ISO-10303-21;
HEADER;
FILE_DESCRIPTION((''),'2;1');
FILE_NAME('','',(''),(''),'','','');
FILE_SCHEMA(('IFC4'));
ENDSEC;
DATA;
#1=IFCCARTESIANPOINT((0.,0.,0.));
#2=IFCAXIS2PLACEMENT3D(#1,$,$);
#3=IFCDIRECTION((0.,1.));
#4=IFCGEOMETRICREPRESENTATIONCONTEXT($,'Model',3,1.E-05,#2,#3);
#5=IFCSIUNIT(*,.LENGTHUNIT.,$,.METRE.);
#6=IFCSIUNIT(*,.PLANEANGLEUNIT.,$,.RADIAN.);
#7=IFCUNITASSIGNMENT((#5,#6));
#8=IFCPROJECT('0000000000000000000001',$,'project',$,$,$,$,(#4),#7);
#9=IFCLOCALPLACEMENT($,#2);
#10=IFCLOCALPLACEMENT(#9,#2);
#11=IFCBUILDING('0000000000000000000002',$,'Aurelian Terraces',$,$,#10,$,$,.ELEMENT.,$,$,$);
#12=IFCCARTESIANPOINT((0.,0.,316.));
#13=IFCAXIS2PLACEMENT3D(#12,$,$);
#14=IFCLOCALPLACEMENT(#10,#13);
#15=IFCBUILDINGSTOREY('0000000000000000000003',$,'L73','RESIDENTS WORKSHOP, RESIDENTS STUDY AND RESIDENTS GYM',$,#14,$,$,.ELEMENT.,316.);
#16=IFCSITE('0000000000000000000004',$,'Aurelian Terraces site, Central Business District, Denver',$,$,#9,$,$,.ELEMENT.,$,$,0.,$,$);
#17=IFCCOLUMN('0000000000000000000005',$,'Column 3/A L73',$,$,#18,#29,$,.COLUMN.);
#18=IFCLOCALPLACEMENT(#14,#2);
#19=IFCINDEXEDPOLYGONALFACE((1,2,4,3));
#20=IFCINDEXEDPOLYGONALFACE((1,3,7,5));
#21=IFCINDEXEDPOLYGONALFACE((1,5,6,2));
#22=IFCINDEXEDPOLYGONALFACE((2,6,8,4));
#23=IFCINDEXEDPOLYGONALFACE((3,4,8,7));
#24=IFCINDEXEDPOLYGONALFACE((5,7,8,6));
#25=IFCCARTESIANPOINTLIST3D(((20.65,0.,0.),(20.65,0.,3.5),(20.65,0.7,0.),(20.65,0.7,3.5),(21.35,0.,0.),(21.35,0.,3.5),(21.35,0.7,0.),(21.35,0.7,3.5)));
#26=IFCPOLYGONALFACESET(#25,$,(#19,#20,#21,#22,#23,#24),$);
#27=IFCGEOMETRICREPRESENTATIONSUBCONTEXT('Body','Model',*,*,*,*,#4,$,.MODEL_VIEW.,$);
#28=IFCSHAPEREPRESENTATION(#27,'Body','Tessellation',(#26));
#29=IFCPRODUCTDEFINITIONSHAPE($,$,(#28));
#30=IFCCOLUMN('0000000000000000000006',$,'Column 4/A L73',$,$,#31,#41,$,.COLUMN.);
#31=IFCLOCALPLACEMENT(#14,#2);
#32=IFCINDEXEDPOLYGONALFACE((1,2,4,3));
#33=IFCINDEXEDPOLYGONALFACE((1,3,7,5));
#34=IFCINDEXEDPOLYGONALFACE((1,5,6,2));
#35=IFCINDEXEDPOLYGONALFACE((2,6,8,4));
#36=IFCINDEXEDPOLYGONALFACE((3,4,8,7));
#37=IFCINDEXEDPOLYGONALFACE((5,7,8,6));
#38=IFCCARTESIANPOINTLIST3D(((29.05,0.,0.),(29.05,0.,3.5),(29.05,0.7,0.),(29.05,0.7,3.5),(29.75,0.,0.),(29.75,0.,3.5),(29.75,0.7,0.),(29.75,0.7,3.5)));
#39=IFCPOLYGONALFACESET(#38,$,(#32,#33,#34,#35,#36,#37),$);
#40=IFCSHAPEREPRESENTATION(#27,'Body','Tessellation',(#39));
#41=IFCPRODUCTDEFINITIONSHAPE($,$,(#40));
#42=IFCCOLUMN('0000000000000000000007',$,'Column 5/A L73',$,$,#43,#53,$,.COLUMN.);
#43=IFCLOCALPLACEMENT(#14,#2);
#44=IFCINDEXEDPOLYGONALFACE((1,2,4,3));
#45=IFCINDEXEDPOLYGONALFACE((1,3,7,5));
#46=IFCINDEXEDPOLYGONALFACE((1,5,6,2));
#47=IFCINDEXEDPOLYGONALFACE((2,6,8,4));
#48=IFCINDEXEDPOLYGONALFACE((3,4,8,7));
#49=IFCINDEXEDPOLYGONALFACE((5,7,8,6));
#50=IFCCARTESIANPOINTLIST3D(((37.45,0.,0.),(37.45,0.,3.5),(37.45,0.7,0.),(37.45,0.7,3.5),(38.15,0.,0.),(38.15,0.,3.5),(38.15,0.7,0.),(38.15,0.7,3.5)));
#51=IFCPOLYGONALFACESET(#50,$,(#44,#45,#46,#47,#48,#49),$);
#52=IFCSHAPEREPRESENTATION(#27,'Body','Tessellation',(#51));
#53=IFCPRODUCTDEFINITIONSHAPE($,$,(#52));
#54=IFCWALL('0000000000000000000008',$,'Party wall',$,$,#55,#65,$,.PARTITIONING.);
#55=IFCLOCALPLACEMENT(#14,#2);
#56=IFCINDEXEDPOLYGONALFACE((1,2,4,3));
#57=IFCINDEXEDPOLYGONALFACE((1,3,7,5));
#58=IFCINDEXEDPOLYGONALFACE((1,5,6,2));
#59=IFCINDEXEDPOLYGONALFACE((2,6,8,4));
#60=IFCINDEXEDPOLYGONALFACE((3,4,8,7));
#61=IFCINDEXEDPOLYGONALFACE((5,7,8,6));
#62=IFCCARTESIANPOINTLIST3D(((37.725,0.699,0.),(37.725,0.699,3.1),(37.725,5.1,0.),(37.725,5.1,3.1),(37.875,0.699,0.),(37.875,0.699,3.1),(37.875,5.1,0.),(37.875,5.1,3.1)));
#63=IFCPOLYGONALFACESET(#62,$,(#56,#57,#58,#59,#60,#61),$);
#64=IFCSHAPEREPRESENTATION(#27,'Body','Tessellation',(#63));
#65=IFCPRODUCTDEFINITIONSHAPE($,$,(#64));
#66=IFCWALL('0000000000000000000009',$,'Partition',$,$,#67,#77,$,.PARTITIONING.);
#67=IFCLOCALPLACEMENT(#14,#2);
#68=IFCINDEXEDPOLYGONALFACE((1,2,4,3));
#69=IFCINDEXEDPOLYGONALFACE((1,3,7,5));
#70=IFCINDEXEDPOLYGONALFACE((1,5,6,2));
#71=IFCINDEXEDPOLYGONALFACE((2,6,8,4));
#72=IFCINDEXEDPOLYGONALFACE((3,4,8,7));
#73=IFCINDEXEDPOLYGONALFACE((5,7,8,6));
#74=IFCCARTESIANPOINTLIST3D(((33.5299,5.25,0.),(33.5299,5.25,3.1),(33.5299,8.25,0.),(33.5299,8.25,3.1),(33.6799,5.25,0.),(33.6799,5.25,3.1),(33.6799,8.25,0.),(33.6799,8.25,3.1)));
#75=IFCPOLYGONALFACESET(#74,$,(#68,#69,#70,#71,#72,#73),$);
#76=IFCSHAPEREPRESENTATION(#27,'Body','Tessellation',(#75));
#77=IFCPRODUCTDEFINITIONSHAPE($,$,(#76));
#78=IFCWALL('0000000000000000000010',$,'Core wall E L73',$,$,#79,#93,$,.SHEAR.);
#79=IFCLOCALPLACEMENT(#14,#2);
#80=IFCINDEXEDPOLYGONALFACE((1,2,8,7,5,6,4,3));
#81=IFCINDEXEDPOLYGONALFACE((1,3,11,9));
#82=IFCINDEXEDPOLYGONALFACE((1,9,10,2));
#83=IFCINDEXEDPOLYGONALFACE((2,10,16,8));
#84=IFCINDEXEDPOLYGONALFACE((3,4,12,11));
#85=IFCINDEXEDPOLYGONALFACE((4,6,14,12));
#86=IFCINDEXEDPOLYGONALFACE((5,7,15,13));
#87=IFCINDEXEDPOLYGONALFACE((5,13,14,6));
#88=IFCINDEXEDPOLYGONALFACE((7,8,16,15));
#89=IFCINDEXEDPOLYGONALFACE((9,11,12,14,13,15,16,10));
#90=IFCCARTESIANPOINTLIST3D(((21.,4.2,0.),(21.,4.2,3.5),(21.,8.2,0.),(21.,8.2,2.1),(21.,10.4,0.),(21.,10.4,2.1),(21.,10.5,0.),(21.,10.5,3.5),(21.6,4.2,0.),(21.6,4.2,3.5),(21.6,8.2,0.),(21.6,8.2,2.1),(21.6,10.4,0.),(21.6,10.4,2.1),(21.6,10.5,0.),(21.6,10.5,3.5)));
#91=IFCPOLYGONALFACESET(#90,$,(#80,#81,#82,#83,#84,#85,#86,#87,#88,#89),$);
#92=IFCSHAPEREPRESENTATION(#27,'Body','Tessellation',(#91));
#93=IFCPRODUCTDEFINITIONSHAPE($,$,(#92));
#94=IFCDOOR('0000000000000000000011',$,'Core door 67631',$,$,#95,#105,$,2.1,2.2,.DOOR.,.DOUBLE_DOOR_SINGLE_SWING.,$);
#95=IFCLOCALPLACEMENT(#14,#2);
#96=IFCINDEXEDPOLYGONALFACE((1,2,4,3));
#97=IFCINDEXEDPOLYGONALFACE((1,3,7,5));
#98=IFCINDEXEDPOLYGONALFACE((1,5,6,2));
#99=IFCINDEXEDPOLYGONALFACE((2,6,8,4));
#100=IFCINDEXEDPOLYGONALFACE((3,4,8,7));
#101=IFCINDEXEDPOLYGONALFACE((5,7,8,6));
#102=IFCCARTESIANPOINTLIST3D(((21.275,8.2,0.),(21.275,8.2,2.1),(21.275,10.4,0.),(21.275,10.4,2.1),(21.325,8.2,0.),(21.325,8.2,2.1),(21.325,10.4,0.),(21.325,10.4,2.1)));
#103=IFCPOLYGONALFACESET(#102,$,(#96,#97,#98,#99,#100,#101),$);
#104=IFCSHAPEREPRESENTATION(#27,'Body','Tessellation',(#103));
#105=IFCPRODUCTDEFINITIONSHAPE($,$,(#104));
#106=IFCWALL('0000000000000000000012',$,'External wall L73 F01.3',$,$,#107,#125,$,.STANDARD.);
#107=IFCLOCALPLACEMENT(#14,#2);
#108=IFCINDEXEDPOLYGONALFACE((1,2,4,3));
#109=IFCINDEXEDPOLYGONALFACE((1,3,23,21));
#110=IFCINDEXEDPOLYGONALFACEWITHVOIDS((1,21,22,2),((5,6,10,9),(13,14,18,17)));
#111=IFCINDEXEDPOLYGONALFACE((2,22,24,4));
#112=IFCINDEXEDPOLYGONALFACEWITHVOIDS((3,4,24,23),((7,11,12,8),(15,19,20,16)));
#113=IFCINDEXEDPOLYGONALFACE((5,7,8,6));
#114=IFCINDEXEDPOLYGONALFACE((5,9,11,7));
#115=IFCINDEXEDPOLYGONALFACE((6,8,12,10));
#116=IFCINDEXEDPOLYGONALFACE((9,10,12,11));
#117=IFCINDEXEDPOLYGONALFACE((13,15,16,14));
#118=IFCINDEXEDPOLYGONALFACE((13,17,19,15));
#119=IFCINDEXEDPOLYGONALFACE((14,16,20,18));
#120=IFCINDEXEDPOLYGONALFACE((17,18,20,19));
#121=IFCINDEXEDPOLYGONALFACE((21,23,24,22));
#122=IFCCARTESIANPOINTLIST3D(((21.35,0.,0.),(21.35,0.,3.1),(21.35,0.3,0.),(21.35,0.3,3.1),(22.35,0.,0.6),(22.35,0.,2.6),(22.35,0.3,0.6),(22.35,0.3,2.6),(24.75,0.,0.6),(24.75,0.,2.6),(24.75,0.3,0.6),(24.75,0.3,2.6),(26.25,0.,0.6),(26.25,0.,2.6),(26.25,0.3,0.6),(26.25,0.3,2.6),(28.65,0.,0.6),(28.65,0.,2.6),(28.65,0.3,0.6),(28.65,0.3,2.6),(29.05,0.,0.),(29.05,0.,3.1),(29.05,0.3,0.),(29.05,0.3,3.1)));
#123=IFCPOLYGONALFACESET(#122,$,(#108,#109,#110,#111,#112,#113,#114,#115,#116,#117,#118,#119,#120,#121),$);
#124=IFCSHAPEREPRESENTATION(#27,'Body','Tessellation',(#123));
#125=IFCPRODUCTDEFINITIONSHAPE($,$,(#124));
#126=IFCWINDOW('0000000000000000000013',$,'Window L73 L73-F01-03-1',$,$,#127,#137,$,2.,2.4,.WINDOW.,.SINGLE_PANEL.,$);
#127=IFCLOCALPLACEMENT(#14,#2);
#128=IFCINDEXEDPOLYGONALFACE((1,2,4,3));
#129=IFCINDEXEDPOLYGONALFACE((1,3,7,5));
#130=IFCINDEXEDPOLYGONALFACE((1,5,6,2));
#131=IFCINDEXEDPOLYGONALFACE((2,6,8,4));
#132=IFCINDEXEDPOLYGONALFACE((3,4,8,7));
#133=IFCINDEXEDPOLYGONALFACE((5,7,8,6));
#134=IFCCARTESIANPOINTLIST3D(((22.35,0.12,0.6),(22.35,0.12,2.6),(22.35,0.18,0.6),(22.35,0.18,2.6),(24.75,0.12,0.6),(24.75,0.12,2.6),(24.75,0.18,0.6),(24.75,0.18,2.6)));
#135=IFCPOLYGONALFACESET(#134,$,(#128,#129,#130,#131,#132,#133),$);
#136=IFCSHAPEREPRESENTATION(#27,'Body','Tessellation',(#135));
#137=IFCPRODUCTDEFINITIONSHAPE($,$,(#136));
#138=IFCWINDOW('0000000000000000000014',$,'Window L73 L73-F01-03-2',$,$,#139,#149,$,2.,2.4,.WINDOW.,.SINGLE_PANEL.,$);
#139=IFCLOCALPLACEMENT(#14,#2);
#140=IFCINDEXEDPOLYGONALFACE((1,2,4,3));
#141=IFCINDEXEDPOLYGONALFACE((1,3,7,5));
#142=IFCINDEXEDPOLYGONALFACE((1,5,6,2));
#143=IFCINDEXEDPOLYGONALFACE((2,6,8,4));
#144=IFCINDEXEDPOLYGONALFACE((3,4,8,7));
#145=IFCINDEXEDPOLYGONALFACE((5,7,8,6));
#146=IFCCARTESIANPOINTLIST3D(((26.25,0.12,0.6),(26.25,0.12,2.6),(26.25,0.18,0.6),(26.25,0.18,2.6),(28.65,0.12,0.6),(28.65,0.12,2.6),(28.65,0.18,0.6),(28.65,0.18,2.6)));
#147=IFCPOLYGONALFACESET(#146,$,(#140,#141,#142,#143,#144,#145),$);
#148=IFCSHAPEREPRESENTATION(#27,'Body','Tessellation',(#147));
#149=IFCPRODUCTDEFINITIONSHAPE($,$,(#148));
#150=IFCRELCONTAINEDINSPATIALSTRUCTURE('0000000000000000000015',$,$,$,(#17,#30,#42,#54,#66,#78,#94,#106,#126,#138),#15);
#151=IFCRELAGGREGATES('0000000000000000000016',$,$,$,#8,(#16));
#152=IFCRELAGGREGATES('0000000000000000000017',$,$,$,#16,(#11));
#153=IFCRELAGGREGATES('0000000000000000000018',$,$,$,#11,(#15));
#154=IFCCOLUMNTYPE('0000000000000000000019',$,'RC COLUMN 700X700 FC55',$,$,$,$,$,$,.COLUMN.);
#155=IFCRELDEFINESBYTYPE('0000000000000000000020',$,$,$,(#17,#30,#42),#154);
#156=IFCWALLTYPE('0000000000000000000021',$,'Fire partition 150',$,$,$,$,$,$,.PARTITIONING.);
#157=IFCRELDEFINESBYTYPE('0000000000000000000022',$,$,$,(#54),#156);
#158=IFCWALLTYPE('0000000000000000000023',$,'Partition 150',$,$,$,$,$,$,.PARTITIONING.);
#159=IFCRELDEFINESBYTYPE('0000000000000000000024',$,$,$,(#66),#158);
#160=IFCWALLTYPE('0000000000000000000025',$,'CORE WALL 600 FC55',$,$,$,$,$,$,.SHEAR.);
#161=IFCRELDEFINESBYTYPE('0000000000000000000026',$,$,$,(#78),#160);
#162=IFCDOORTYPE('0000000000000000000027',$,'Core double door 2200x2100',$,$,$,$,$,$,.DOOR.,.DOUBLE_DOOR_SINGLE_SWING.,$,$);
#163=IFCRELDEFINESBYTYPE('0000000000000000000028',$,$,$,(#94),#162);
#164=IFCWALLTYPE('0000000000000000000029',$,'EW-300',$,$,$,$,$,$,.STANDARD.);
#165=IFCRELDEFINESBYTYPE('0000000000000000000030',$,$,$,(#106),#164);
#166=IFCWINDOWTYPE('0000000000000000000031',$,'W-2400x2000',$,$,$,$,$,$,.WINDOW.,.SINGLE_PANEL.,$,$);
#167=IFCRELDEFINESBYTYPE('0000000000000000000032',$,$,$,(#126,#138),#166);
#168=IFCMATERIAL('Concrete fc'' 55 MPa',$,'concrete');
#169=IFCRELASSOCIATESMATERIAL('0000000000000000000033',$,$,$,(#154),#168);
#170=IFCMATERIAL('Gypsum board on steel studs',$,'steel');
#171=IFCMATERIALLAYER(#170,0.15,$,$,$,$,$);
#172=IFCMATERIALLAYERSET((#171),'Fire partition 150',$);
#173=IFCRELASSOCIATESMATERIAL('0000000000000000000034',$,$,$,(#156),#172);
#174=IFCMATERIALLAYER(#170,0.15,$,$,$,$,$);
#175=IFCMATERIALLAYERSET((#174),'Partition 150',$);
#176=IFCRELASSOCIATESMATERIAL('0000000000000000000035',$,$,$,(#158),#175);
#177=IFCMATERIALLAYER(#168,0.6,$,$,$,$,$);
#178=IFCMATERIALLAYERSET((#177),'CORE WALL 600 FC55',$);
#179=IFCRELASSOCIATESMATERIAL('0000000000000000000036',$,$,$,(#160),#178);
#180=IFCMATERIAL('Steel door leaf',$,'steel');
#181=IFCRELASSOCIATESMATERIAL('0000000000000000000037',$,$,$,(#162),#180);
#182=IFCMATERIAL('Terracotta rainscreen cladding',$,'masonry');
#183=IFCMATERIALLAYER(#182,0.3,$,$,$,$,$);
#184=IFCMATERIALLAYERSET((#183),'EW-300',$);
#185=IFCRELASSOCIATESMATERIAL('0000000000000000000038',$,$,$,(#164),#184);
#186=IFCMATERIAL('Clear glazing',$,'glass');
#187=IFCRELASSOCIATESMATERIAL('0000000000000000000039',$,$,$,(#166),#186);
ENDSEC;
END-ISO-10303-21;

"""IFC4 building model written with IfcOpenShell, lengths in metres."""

from ifc_helpers import new_model, si_unit, direction, frame, frame_2d, origin, origin_2d, place, context, subcontext, project, spatial, rectangle, extrude, source, transform, mapped, material, layer, layer_set, material_profile, profile_set, type_object, element, fill, save


model = new_model("IFC4")

# Units and contexts
model_context = context("Model", 3, precision=1e-05, world=origin(), true_north=direction((0.0, 1.0)))
body_context = subcontext(model_context, "Body", "Model", "MODEL_VIEW")
ifc_project = project(units=[si_unit("LENGTHUNIT", "METRE"), si_unit("PLANEANGLEUNIT", "RADIAN")], contexts=[model_context])

# Site, building, storey
site_placement = place(None, origin())
site = spatial("IfcSite", under=ifc_project, at=site_placement, Name="Aurelian Terraces site, Central Business District, Denver", CompositionType="ELEMENT", RefElevation=0.0)
building_placement = place(site_placement, origin())
building = spatial("IfcBuilding", under=site, at=building_placement, Name="Aurelian Terraces", CompositionType="ELEMENT")
storey_placement = place(building_placement, frame((0.0, 0.0, 316.0)))
storey = spatial("IfcBuildingStorey", under=building, at=storey_placement, Name="L73", Description="RESIDENTS WORKSHOP, RESIDENTS STUDY AND RESIDENTS GYM", CompositionType="ELEMENT", Elevation=316.0)

# Columns
ifc_material_1 = material(Name="Concrete fc' 55 MPa", Category="concrete")
ifc_material_profile = material_profile(ifc_material_1, rectangle(XDim=0.7, YDim=0.7, at=origin_2d()))
ifc_profile_set = profile_set([ifc_material_profile], Name="Concrete fc' 55 MPa")
column_type = type_object("IfcColumnType", Name="RC COLUMN 700X700 FC55", PredefinedType="COLUMN", material=ifc_profile_set)
shared_shape_1 = source(origin(), body_context, "Body", "SweptSolid", [
    extrude(rectangle(XDim=0.7, YDim=0.7, at=origin_2d()), origin(), (0.0, 0.0, 1.0), 3.5),
])
for number, where, z_axis, x_axis, name in (
    (1, (21.0, 0.35, 0.0), (0.0, 0.0, 1.0), (1.0, 0.0, 0.0), "Column 3/A L73"),
    (2, (29.4, 0.35, 0.0), (0.0, 0.0, 1.0), (1.0, 0.0, 0.0), "Column 4/A L73"),
    (3, (37.8, 0.35, 0.0), (0.0, 0.0, 1.0), (1.0, 0.0, 0.0), "Column 5/A L73"),
):
    element("IfcColumn", number, at=place(storey_placement, frame(where, z_axis=z_axis, x_axis=x_axis)), inside=storey, type_object=column_type, Name=name, PredefinedType="COLUMN", context=body_context, shape_type="MappedRepresentation", body=[
        mapped(shared_shape_1, transform((0.0, 0.0, 0.0), scale=1.0)),
    ])

# Walls
ifc_material_2 = material(Name="Gypsum board on steel studs", Category="steel")
ifc_layer_1 = layer(ifc_material_2, 0.15)
ifc_layer_set_1 = layer_set([ifc_layer_1], Name="Fire partition 150")
wall_type_1 = type_object("IfcWallType", Name="Fire partition 150", PredefinedType="PARTITIONING", material=ifc_layer_set_1)
wall_1_placement = place(storey_placement, frame((37.8, 0.699, 0.0), z_axis=(0.0, 0.0, 1.0), x_axis=(0.0, 1.0, 0.0)))
element("IfcWall", 4, at=wall_1_placement, inside=storey, type_object=wall_type_1, Name="Party wall", PredefinedType="PARTITIONING", context=body_context, shape_type="SweptSolid", body=[
    extrude(rectangle(XDim=4.401, YDim=0.15, at=frame_2d((2.2005, 0.0))), origin(), (0.0, 0.0, 1.0), 3.1),
])
ifc_layer_2 = layer(ifc_material_2, 0.15)
ifc_layer_set_2 = layer_set([ifc_layer_2], Name="Partition 150")
wall_type_2 = type_object("IfcWallType", Name="Partition 150", PredefinedType="PARTITIONING", material=ifc_layer_set_2)
wall_2_placement = place(storey_placement, frame((33.6049, 5.25, 0.0), z_axis=(0.0, 0.0, 1.0), x_axis=(0.0, 1.0, 0.0)))
element("IfcWall", 5, at=wall_2_placement, inside=storey, type_object=wall_type_2, Name="Partition", PredefinedType="PARTITIONING", context=body_context, shape_type="SweptSolid", body=[
    extrude(rectangle(XDim=3.0, YDim=0.15, at=frame_2d((1.5, 0.0))), origin(), (0.0, 0.0, 1.0), 3.1),
])

# Wall, opening, door
ifc_layer_3 = layer(ifc_material_1, 0.6)
ifc_layer_set_3 = layer_set([ifc_layer_3], Name="CORE WALL 600 FC55")
wall_type_3 = type_object("IfcWallType", Name="CORE WALL 600 FC55", PredefinedType="SHEAR", material=ifc_layer_set_3)
shared_shape_2 = source(origin(), body_context, "Body", "SweptSolid", [
    extrude(rectangle(XDim=6.3, YDim=0.6, at=frame_2d((3.15, 0.0))), origin(), (0.0, 0.0, 1.0), 3.5),
])
wall_3_placement = place(storey_placement, frame((21.3, 4.2, 0.0), z_axis=(0.0, 0.0, 1.0), x_axis=(0.0, 1.0, 0.0)))
wall_3 = element("IfcWall", 6, at=wall_3_placement, inside=storey, type_object=wall_type_3, Name="Core wall E L73", PredefinedType="SHEAR", context=body_context, shape_type="MappedRepresentation", body=[
    mapped(shared_shape_2, transform((0.0, 0.0, 0.0), scale=1.0)),
])
shared_shape_3 = source(origin(), body_context, "Body", "SweptSolid", [
    extrude(rectangle(XDim=2.2, YDim=2.1, at=frame_2d((1.1, 1.05))), frame((0.0, 0.31, 0.0), z_axis=(0.0, -1.0, 0.0), x_axis=(1.0, 0.0, 0.0)), (0.0, 0.0, 1.0), 0.62),
])
opening_1_placement = place(wall_3_placement, frame((4.0, 0.0, 0.0)))
opening_1 = element("IfcOpeningElement", 7, at=opening_1_placement, cuts=wall_3, PredefinedType="OPENING", context=body_context, shape_type="MappedRepresentation", body=[
    mapped(shared_shape_3, transform((0.0, 0.0, 0.0), scale=1.0)),
])
ifc_material_3 = material(Name="Steel door leaf", Category="steel")
door_type_1 = type_object("IfcDoorType", Name="Core double door 2200x2100", OperationType="DOUBLE_DOOR_SINGLE_SWING", PredefinedType="DOOR", material=ifc_material_3)
shared_shape_4 = source(origin(), body_context, "Body", "SweptSolid", [
    extrude(rectangle(XDim=2.2, YDim=2.1, at=frame_2d((1.1, 1.05))), frame((0.0, 0.025, 0.0), z_axis=(0.0, -1.0, 0.0), x_axis=(1.0, 0.0, 0.0)), (0.0, 0.0, 1.0), 0.05),
])
door_1_placement = place(opening_1_placement, origin())
door_1 = element("IfcDoor", 8, at=door_1_placement, inside=storey, type_object=door_type_1, Name="Core door 67631", OperationType="DOUBLE_DOOR_SINGLE_SWING", OverallHeight=2.1, OverallWidth=2.2, PredefinedType="DOOR", context=body_context, shape_type="MappedRepresentation", body=[
    mapped(shared_shape_4, transform((0.0, 0.0, 0.0), scale=1.0)),
])
fill(opening_1, door_1)

# Wall, openings, windows
ifc_material_4 = material(Name="Terracotta rainscreen cladding", Category="masonry")
ifc_layer_4 = layer(ifc_material_4, 0.3)
ifc_layer_set_4 = layer_set([ifc_layer_4], Name="EW-300")
wall_type_4 = type_object("IfcWallType", Name="EW-300", PredefinedType="STANDARD", material=ifc_layer_set_4)
shared_shape_5 = source(origin(), body_context, "Body", "SweptSolid", [
    extrude(rectangle(XDim=7.7, YDim=0.3, at=frame_2d((3.85, 0.0))), origin(), (0.0, 0.0, 1.0), 3.1),
])
wall_4_placement = place(storey_placement, frame((21.35, 0.15, 0.0), z_axis=(0.0, 0.0, 1.0), x_axis=(1.0, 0.0, 0.0)))
wall_4 = element("IfcWall", 9, at=wall_4_placement, inside=storey, type_object=wall_type_4, Name="External wall L73 F01.3", PredefinedType="STANDARD", context=body_context, shape_type="MappedRepresentation", body=[
    mapped(shared_shape_5, transform((0.0, 0.0, 0.0), scale=1.0)),
])
shared_shape_6 = source(origin(), body_context, "Body", "SweptSolid", [
    extrude(rectangle(XDim=2.4, YDim=2.0, at=frame_2d((1.2, 1.0))), frame((0.0, 0.16, 0.0), z_axis=(0.0, -1.0, 0.0), x_axis=(1.0, 0.0, 0.0)), (0.0, 0.0, 1.0), 0.32),
])
opening_2_placement = place(wall_4_placement, frame((1.0, 0.0, 0.6)))
opening_2 = element("IfcOpeningElement", 10, at=opening_2_placement, cuts=wall_4, PredefinedType="OPENING", context=body_context, shape_type="MappedRepresentation", body=[
    mapped(shared_shape_6, transform((0.0, 0.0, 0.0), scale=1.0)),
])
opening_3_placement = place(wall_4_placement, frame((4.9, 0.0, 0.6)))
opening_3 = element("IfcOpeningElement", 11, at=opening_3_placement, cuts=wall_4, PredefinedType="OPENING", context=body_context, shape_type="MappedRepresentation", body=[
    mapped(shared_shape_6, transform((0.0, 0.0, 0.0), scale=1.0)),
])
ifc_material_5 = material(Name="Clear glazing", Category="glass")
window_type_1 = type_object("IfcWindowType", Name="W-2400x2000", PartitioningType="SINGLE_PANEL", PredefinedType="WINDOW", material=ifc_material_5)
shared_shape_7 = source(origin(), body_context, "Body", "SweptSolid", [
    extrude(rectangle(XDim=2.4, YDim=2.0, at=frame_2d((1.2, 1.0))), frame((0.0, 0.03, 0.0), z_axis=(0.0, -1.0, 0.0), x_axis=(1.0, 0.0, 0.0)), (0.0, 0.0, 1.0), 0.06),
])
window_1_placement = place(opening_2_placement, origin())
window_1 = element("IfcWindow", 12, at=window_1_placement, inside=storey, type_object=window_type_1, Name="Window L73 L73-F01-03-1", OverallHeight=2.0, OverallWidth=2.4, PartitioningType="SINGLE_PANEL", PredefinedType="WINDOW", context=body_context, shape_type="MappedRepresentation", body=[
    mapped(shared_shape_7, transform((0.0, 0.0, 0.0), scale=1.0)),
])
fill(opening_2, window_1)
window_2_placement = place(opening_3_placement, origin())
window_2 = element("IfcWindow", 13, at=window_2_placement, inside=storey, type_object=window_type_1, Name="Window L73 L73-F01-03-2", OverallHeight=2.0, OverallWidth=2.4, PartitioningType="SINGLE_PANEL", PredefinedType="WINDOW", context=body_context, shape_type="MappedRepresentation", body=[
    mapped(shared_shape_7, transform((0.0, 0.0, 0.0), scale=1.0)),
])
fill(opening_3, window_2)

save(model, "model.ifc")
